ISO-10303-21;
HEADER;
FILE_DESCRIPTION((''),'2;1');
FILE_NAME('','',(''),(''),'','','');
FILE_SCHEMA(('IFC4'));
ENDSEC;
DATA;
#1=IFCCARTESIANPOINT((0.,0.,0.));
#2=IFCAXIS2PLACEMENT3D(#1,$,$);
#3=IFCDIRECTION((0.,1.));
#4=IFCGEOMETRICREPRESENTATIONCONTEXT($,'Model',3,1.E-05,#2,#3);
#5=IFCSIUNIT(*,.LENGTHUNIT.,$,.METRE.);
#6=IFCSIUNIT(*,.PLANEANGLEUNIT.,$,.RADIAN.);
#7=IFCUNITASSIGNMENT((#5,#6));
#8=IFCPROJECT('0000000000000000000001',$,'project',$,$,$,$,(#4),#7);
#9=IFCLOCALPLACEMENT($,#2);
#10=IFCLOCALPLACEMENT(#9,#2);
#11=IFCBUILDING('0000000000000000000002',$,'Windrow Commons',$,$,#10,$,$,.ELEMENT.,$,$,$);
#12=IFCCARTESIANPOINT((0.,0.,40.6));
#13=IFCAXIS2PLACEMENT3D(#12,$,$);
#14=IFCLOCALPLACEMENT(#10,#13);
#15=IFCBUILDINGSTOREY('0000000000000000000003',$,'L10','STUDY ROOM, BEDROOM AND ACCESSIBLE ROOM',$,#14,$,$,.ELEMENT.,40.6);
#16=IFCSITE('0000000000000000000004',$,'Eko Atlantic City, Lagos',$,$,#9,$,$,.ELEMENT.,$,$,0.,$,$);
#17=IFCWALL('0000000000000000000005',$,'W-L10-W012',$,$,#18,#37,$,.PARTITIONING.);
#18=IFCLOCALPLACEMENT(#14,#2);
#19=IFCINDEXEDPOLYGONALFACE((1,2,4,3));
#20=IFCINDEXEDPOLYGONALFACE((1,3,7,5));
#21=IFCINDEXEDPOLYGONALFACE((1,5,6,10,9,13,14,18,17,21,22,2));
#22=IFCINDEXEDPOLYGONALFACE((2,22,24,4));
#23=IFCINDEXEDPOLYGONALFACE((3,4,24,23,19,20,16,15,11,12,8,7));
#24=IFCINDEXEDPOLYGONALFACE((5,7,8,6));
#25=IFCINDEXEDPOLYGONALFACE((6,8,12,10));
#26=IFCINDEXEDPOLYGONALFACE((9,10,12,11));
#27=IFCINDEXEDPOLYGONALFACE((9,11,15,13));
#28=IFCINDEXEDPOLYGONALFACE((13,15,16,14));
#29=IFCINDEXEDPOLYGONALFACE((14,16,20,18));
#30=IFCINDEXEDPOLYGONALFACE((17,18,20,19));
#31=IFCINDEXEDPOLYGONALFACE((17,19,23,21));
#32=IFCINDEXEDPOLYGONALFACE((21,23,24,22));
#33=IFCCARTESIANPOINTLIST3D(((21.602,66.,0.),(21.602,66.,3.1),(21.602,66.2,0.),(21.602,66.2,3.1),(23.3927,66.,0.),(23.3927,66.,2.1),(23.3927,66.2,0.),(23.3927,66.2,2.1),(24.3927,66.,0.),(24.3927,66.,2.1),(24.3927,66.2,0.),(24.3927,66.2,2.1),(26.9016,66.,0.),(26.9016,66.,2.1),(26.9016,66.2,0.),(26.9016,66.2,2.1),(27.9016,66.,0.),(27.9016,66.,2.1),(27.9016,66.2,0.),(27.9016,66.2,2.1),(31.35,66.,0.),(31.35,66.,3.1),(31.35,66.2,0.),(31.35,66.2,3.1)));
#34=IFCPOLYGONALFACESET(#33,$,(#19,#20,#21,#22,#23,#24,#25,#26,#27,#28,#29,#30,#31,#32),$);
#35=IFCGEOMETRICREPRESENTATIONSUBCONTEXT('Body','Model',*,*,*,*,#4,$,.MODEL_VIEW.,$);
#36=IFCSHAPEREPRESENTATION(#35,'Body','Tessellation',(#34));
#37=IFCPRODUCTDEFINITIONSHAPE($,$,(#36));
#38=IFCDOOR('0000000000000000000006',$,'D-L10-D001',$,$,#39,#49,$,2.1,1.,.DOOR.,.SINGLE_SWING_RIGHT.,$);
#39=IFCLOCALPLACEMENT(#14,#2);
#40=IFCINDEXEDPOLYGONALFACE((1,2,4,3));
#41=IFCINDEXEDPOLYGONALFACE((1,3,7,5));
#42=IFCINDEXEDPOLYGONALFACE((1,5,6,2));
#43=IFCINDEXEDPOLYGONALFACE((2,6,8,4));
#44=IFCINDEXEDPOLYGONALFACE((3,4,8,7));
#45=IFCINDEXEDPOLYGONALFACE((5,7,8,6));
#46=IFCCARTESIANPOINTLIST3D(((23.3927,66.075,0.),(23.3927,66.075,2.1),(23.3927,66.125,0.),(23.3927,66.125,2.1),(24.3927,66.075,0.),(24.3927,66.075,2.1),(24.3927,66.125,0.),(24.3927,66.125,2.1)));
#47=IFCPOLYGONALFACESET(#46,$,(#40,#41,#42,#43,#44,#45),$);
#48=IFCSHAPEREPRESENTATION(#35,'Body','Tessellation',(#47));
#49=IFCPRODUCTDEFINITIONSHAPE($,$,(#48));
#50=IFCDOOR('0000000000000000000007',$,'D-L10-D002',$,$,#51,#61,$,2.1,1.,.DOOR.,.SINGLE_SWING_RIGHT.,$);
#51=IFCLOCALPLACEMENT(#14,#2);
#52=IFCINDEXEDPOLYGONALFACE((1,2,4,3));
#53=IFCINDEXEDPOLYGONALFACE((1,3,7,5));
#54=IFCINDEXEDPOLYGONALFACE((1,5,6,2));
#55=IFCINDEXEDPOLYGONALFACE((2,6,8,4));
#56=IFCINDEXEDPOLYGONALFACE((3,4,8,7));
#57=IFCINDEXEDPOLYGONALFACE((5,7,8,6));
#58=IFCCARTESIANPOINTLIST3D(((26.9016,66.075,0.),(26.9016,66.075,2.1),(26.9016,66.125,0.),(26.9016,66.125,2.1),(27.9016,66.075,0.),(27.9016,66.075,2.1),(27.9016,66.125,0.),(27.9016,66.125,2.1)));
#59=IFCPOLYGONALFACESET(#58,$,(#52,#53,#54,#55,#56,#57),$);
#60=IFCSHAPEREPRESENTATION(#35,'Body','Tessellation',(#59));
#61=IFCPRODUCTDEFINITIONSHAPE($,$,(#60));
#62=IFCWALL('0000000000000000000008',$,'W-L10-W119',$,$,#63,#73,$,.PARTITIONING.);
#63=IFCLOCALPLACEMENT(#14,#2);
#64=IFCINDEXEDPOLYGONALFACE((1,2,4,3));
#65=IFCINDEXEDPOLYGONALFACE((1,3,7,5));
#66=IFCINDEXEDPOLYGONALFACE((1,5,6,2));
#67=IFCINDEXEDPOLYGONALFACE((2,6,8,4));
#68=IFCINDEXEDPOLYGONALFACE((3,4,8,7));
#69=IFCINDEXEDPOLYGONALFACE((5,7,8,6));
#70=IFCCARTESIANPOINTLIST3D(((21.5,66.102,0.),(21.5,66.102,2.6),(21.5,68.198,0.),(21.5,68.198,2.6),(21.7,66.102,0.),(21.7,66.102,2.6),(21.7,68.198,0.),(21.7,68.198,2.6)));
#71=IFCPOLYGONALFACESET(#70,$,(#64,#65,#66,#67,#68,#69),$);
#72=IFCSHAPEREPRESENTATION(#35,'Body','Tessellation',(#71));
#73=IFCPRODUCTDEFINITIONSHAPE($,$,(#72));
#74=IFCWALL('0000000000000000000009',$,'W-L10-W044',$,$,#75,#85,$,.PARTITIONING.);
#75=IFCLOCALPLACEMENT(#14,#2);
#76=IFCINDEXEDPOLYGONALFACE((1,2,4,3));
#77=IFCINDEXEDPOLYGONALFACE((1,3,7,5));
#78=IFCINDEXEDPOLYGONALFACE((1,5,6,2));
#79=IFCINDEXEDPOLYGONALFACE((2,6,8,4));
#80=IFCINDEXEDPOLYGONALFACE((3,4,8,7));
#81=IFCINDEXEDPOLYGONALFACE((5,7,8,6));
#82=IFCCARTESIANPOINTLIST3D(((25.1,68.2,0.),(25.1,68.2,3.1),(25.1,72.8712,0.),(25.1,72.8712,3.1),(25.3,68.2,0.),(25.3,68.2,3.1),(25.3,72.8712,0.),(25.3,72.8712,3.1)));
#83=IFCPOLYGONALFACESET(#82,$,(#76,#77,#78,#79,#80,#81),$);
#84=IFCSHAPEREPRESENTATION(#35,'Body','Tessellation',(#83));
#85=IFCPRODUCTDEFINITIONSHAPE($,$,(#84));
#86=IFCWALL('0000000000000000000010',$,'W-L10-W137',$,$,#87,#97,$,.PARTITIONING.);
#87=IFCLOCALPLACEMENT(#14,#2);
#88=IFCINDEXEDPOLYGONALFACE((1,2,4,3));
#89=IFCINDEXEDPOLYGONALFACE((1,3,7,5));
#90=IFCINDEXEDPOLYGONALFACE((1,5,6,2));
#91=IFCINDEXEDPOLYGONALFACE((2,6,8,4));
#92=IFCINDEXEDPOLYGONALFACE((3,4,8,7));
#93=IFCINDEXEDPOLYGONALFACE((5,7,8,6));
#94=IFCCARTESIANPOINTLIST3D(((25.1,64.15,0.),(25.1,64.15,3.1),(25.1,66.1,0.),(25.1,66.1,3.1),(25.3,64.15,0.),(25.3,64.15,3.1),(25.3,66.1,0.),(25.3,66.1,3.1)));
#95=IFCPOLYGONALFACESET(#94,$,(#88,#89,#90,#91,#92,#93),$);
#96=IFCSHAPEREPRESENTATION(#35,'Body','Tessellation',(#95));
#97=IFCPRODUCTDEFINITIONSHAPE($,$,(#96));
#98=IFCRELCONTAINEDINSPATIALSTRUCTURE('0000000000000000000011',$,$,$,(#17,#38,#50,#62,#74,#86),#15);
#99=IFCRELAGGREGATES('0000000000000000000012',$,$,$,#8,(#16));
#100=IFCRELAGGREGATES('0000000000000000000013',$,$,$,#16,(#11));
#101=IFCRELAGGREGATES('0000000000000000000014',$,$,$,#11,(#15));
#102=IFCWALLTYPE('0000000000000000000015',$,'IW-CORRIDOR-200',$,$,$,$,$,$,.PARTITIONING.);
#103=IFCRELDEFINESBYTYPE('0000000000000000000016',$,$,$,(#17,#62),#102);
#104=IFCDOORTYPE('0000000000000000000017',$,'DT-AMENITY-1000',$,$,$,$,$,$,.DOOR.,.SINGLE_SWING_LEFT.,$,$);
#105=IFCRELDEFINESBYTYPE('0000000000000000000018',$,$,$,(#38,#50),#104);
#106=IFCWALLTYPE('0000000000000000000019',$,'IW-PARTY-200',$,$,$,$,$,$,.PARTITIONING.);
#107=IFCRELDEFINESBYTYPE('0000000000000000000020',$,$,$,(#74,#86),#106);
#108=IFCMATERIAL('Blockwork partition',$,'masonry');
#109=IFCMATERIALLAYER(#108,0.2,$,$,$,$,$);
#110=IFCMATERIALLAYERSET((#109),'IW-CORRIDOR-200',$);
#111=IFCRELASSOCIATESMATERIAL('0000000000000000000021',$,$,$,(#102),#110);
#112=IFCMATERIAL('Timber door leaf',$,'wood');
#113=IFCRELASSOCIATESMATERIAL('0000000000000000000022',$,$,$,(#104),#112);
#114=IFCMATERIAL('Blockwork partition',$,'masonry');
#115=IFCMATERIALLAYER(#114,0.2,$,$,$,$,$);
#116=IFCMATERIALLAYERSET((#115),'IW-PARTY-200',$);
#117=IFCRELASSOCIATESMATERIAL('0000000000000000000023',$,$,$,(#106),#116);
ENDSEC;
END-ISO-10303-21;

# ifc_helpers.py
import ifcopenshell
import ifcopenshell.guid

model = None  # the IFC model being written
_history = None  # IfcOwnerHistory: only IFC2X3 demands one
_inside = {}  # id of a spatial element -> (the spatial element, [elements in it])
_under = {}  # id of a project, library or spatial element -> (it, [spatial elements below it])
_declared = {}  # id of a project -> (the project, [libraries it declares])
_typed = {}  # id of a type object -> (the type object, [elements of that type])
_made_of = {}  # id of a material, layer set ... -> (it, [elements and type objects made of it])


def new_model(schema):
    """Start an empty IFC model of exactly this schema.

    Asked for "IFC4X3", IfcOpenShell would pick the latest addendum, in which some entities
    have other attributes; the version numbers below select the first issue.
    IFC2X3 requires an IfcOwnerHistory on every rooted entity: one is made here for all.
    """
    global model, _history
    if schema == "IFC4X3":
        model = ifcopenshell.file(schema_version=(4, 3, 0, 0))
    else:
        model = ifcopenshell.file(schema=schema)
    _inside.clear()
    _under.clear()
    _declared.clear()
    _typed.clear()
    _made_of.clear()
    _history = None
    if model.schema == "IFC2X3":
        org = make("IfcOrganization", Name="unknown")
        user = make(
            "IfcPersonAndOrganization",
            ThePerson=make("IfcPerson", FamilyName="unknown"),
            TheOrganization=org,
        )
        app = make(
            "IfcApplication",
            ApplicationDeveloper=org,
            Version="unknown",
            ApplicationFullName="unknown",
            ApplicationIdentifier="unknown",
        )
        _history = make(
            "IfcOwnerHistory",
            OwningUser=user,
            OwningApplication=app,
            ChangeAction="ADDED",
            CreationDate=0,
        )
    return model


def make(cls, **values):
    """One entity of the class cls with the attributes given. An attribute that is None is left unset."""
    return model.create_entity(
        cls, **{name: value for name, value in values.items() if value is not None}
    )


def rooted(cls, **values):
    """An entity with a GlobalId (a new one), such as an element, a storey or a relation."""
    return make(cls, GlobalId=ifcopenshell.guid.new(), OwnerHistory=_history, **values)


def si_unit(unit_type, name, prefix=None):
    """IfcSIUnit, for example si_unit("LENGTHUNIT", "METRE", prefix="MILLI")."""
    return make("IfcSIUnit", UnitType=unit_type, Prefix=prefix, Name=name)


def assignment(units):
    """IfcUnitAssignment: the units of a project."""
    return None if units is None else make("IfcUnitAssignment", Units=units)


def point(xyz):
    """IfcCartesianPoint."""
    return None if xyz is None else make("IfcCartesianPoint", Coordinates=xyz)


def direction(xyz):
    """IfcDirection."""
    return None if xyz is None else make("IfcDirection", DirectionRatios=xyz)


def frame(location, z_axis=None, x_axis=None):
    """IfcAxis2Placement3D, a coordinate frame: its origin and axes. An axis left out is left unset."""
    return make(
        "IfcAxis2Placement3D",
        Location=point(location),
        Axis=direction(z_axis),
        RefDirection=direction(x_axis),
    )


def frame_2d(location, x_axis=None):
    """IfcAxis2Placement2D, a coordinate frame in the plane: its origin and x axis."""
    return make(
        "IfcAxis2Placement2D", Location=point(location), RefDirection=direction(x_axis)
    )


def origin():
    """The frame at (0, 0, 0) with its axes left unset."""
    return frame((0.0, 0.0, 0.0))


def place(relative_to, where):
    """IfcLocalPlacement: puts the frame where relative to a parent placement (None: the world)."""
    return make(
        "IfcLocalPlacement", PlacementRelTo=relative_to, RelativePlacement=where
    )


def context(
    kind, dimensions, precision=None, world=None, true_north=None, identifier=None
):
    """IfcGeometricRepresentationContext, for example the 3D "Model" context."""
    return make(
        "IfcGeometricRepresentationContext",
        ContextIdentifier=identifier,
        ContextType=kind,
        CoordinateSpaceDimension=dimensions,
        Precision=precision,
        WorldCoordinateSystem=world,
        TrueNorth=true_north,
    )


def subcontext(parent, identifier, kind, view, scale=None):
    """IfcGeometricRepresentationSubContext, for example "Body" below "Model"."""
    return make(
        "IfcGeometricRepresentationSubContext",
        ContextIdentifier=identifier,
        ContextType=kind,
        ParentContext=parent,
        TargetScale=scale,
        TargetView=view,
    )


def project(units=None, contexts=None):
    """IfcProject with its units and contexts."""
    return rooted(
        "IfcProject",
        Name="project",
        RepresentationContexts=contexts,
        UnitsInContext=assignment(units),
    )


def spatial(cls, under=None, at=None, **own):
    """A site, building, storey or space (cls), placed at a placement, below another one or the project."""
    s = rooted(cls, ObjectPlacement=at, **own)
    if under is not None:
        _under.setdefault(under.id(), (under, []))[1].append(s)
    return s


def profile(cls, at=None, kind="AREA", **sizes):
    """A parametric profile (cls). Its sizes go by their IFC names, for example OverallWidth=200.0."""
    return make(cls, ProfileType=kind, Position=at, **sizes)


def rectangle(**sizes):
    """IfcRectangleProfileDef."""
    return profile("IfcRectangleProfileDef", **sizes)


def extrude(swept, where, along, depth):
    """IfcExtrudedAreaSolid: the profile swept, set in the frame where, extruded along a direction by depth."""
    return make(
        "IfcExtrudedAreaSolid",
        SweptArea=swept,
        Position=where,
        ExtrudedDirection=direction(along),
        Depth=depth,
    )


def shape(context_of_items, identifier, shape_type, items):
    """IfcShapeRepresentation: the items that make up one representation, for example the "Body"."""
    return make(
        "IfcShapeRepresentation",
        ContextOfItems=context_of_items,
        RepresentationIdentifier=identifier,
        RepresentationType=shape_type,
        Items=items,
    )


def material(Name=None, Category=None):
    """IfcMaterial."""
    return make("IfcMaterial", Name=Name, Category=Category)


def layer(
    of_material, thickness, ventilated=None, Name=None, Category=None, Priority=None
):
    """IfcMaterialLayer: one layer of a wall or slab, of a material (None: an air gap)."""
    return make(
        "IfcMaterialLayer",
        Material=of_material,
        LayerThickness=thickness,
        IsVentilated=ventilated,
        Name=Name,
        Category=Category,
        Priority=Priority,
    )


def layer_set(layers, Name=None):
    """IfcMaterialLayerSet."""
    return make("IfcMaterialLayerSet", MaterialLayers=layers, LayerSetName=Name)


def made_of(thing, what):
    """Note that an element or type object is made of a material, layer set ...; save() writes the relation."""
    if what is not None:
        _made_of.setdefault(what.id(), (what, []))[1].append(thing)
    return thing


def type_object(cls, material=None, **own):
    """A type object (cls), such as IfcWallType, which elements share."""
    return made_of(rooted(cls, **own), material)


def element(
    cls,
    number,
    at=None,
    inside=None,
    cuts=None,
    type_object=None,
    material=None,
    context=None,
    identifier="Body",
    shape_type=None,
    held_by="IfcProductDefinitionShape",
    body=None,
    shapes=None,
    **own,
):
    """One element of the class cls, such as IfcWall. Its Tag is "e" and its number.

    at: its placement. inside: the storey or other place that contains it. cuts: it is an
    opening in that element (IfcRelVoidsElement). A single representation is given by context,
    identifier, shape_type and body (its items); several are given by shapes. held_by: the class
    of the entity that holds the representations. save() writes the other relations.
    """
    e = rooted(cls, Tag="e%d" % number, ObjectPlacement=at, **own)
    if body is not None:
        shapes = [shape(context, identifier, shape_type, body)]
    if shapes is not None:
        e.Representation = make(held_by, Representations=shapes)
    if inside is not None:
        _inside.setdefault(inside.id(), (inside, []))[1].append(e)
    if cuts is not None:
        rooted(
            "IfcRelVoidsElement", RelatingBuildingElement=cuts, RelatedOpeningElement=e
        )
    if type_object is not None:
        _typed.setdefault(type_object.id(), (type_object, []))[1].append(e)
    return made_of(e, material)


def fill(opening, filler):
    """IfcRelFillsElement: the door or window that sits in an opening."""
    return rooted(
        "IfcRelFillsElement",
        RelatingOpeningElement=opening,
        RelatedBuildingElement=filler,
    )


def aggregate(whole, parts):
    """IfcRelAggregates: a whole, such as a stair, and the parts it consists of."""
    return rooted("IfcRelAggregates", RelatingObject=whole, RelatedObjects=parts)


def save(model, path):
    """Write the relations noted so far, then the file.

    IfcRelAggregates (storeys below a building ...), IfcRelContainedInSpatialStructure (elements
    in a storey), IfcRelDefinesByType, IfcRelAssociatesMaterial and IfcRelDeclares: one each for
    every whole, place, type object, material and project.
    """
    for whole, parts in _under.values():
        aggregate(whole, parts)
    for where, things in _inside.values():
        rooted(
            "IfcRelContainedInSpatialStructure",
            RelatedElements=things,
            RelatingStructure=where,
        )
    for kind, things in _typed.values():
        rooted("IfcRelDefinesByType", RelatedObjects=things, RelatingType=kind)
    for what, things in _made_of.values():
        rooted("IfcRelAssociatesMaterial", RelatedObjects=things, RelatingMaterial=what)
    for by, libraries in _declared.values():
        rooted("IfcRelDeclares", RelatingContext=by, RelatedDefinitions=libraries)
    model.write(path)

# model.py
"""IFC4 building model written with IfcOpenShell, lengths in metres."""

from ifc_helpers import new_model, si_unit, direction, frame, frame_2d, origin, place, context, subcontext, project, spatial, rectangle, extrude, material, layer, layer_set, type_object, element, fill, save


model = new_model("IFC4")

# Units and contexts
model_context = context("Model", 3, precision=1e-05, world=origin(), true_north=direction((0.0, 1.0)))
body_context = subcontext(model_context, "Body", "Model", "MODEL_VIEW")
ifc_project = project(units=[si_unit("LENGTHUNIT", "METRE"), si_unit("PLANEANGLEUNIT", "RADIAN")], contexts=[model_context])

# Site, building, storey
site_placement = place(None, origin())
site = spatial("IfcSite", under=ifc_project, at=site_placement, Name="Eko Atlantic City, Lagos", CompositionType="ELEMENT", RefElevation=0.0)
building_placement = place(site_placement, origin())
building = spatial("IfcBuilding", under=site, at=building_placement, Name="Windrow Commons", CompositionType="ELEMENT")
storey_placement = place(building_placement, frame((0.0, 0.0, 40.6)))
storey = spatial("IfcBuildingStorey", under=building, at=storey_placement, Name="L10", Description="STUDY ROOM, BEDROOM AND ACCESSIBLE ROOM", CompositionType="ELEMENT", Elevation=40.6)

# Shared definitions
ifc_material_1 = material(Name="Blockwork partition", Category="masonry")
ifc_layer_1 = layer(ifc_material_1, 0.2)
ifc_layer_set_1 = layer_set([ifc_layer_1], Name="IW-CORRIDOR-200")
wall_type_1 = type_object("IfcWallType", Name="IW-CORRIDOR-200", PredefinedType="PARTITIONING", material=ifc_layer_set_1)

# Wall, openings, doors
wall_1_placement = place(storey_placement, frame((21.602, 66.1, 0.0), z_axis=(0.0, 0.0, 1.0), x_axis=(1.0, 0.0, 0.0)))
wall_1 = element("IfcWall", 1, at=wall_1_placement, inside=storey, type_object=wall_type_1, Name="W-L10-W012", PredefinedType="PARTITIONING", context=body_context, shape_type="SweptSolid", body=[
    extrude(rectangle(XDim=9.748, YDim=0.2, at=frame_2d((4.874, 0.0))), origin(), (0.0, 0.0, 1.0), 3.1),
])
opening_1_placement = place(wall_1_placement, frame((1.7907, 0.0, 0.0)))
opening_1 = element("IfcOpeningElement", 2, at=opening_1_placement, cuts=wall_1, PredefinedType="OPENING", context=body_context, shape_type="SweptSolid", body=[
    extrude(rectangle(XDim=1.0, YDim=2.1, at=frame_2d((0.5, 1.05))), frame((0.0, 0.11, 0.0), z_axis=(0.0, -1.0, 0.0), x_axis=(1.0, 0.0, 0.0)), (0.0, 0.0, 1.0), 0.22),
])
opening_2_placement = place(wall_1_placement, frame((5.2996, 0.0, 0.0)))
opening_2 = element("IfcOpeningElement", 3, at=opening_2_placement, cuts=wall_1, PredefinedType="OPENING", context=body_context, shape_type="SweptSolid", body=[
    extrude(rectangle(XDim=1.0, YDim=2.1, at=frame_2d((0.5, 1.05))), frame((0.0, 0.11, 0.0), z_axis=(0.0, -1.0, 0.0), x_axis=(1.0, 0.0, 0.0)), (0.0, 0.0, 1.0), 0.22),
])
ifc_material_2 = material(Name="Timber door leaf", Category="wood")
door_type_1 = type_object("IfcDoorType", Name="DT-AMENITY-1000", OperationType="SINGLE_SWING_LEFT", PredefinedType="DOOR", material=ifc_material_2)
door_1_placement = place(opening_1_placement, origin())
door_1 = element("IfcDoor", 4, at=door_1_placement, inside=storey, type_object=door_type_1, Name="D-L10-D001", OperationType="SINGLE_SWING_RIGHT", OverallHeight=2.1, OverallWidth=1.0, PredefinedType="DOOR", context=body_context, shape_type="SweptSolid", body=[
    extrude(rectangle(XDim=1.0, YDim=2.1, at=frame_2d((0.5, 1.05))), frame((0.0, 0.025, 0.0), z_axis=(0.0, -1.0, 0.0), x_axis=(1.0, 0.0, 0.0)), (0.0, 0.0, 1.0), 0.05),
])
fill(opening_1, door_1)
door_2_placement = place(opening_2_placement, origin())
door_2 = element("IfcDoor", 5, at=door_2_placement, inside=storey, type_object=door_type_1, Name="D-L10-D002", OperationType="SINGLE_SWING_RIGHT", OverallHeight=2.1, OverallWidth=1.0, PredefinedType="DOOR", context=body_context, shape_type="SweptSolid", body=[
    extrude(rectangle(XDim=1.0, YDim=2.1, at=frame_2d((0.5, 1.05))), frame((0.0, 0.025, 0.0), z_axis=(0.0, -1.0, 0.0), x_axis=(1.0, 0.0, 0.0)), (0.0, 0.0, 1.0), 0.05),
])
fill(opening_2, door_2)

# Walls
wall_2_placement = place(storey_placement, frame((21.6, 66.102, 0.0), z_axis=(0.0, 0.0, 1.0), x_axis=(0.0, 1.0, 0.0)))
element("IfcWall", 6, at=wall_2_placement, inside=storey, type_object=wall_type_1, Name="W-L10-W119", PredefinedType="PARTITIONING", context=body_context, shape_type="SweptSolid", body=[
    extrude(rectangle(XDim=2.096, YDim=0.2, at=frame_2d((1.048, 0.0))), origin(), (0.0, 0.0, 1.0), 2.6),
])
ifc_material_3 = material(Name="Blockwork partition", Category="masonry")
ifc_layer_2 = layer(ifc_material_3, 0.2)
ifc_layer_set_2 = layer_set([ifc_layer_2], Name="IW-PARTY-200")
wall_type_2 = type_object("IfcWallType", Name="IW-PARTY-200", PredefinedType="PARTITIONING", material=ifc_layer_set_2)
wall_3_placement = place(storey_placement, frame((25.2, 68.2, 0.0), z_axis=(0.0, 0.0, 1.0), x_axis=(0.0, 1.0, 0.0)))
element("IfcWall", 7, at=wall_3_placement, inside=storey, type_object=wall_type_2, Name="W-L10-W044", PredefinedType="PARTITIONING", context=body_context, shape_type="SweptSolid", body=[
    extrude(rectangle(XDim=4.6712, YDim=0.2, at=frame_2d((2.3356, 0.0))), origin(), (0.0, 0.0, 1.0), 3.1),
])
wall_4_placement = place(storey_placement, frame((25.2, 64.15, 0.0), z_axis=(0.0, 0.0, 1.0), x_axis=(0.0, 1.0, 0.0)))
element("IfcWall", 8, at=wall_4_placement, inside=storey, type_object=wall_type_2, Name="W-L10-W137", PredefinedType="PARTITIONING", context=body_context, shape_type="SweptSolid", body=[
    extrude(rectangle(XDim=1.95, YDim=0.2, at=frame_2d((0.975, 0.0))), origin(), (0.0, 0.0, 1.0), 3.1),
])

save(model, "model.ifc")
